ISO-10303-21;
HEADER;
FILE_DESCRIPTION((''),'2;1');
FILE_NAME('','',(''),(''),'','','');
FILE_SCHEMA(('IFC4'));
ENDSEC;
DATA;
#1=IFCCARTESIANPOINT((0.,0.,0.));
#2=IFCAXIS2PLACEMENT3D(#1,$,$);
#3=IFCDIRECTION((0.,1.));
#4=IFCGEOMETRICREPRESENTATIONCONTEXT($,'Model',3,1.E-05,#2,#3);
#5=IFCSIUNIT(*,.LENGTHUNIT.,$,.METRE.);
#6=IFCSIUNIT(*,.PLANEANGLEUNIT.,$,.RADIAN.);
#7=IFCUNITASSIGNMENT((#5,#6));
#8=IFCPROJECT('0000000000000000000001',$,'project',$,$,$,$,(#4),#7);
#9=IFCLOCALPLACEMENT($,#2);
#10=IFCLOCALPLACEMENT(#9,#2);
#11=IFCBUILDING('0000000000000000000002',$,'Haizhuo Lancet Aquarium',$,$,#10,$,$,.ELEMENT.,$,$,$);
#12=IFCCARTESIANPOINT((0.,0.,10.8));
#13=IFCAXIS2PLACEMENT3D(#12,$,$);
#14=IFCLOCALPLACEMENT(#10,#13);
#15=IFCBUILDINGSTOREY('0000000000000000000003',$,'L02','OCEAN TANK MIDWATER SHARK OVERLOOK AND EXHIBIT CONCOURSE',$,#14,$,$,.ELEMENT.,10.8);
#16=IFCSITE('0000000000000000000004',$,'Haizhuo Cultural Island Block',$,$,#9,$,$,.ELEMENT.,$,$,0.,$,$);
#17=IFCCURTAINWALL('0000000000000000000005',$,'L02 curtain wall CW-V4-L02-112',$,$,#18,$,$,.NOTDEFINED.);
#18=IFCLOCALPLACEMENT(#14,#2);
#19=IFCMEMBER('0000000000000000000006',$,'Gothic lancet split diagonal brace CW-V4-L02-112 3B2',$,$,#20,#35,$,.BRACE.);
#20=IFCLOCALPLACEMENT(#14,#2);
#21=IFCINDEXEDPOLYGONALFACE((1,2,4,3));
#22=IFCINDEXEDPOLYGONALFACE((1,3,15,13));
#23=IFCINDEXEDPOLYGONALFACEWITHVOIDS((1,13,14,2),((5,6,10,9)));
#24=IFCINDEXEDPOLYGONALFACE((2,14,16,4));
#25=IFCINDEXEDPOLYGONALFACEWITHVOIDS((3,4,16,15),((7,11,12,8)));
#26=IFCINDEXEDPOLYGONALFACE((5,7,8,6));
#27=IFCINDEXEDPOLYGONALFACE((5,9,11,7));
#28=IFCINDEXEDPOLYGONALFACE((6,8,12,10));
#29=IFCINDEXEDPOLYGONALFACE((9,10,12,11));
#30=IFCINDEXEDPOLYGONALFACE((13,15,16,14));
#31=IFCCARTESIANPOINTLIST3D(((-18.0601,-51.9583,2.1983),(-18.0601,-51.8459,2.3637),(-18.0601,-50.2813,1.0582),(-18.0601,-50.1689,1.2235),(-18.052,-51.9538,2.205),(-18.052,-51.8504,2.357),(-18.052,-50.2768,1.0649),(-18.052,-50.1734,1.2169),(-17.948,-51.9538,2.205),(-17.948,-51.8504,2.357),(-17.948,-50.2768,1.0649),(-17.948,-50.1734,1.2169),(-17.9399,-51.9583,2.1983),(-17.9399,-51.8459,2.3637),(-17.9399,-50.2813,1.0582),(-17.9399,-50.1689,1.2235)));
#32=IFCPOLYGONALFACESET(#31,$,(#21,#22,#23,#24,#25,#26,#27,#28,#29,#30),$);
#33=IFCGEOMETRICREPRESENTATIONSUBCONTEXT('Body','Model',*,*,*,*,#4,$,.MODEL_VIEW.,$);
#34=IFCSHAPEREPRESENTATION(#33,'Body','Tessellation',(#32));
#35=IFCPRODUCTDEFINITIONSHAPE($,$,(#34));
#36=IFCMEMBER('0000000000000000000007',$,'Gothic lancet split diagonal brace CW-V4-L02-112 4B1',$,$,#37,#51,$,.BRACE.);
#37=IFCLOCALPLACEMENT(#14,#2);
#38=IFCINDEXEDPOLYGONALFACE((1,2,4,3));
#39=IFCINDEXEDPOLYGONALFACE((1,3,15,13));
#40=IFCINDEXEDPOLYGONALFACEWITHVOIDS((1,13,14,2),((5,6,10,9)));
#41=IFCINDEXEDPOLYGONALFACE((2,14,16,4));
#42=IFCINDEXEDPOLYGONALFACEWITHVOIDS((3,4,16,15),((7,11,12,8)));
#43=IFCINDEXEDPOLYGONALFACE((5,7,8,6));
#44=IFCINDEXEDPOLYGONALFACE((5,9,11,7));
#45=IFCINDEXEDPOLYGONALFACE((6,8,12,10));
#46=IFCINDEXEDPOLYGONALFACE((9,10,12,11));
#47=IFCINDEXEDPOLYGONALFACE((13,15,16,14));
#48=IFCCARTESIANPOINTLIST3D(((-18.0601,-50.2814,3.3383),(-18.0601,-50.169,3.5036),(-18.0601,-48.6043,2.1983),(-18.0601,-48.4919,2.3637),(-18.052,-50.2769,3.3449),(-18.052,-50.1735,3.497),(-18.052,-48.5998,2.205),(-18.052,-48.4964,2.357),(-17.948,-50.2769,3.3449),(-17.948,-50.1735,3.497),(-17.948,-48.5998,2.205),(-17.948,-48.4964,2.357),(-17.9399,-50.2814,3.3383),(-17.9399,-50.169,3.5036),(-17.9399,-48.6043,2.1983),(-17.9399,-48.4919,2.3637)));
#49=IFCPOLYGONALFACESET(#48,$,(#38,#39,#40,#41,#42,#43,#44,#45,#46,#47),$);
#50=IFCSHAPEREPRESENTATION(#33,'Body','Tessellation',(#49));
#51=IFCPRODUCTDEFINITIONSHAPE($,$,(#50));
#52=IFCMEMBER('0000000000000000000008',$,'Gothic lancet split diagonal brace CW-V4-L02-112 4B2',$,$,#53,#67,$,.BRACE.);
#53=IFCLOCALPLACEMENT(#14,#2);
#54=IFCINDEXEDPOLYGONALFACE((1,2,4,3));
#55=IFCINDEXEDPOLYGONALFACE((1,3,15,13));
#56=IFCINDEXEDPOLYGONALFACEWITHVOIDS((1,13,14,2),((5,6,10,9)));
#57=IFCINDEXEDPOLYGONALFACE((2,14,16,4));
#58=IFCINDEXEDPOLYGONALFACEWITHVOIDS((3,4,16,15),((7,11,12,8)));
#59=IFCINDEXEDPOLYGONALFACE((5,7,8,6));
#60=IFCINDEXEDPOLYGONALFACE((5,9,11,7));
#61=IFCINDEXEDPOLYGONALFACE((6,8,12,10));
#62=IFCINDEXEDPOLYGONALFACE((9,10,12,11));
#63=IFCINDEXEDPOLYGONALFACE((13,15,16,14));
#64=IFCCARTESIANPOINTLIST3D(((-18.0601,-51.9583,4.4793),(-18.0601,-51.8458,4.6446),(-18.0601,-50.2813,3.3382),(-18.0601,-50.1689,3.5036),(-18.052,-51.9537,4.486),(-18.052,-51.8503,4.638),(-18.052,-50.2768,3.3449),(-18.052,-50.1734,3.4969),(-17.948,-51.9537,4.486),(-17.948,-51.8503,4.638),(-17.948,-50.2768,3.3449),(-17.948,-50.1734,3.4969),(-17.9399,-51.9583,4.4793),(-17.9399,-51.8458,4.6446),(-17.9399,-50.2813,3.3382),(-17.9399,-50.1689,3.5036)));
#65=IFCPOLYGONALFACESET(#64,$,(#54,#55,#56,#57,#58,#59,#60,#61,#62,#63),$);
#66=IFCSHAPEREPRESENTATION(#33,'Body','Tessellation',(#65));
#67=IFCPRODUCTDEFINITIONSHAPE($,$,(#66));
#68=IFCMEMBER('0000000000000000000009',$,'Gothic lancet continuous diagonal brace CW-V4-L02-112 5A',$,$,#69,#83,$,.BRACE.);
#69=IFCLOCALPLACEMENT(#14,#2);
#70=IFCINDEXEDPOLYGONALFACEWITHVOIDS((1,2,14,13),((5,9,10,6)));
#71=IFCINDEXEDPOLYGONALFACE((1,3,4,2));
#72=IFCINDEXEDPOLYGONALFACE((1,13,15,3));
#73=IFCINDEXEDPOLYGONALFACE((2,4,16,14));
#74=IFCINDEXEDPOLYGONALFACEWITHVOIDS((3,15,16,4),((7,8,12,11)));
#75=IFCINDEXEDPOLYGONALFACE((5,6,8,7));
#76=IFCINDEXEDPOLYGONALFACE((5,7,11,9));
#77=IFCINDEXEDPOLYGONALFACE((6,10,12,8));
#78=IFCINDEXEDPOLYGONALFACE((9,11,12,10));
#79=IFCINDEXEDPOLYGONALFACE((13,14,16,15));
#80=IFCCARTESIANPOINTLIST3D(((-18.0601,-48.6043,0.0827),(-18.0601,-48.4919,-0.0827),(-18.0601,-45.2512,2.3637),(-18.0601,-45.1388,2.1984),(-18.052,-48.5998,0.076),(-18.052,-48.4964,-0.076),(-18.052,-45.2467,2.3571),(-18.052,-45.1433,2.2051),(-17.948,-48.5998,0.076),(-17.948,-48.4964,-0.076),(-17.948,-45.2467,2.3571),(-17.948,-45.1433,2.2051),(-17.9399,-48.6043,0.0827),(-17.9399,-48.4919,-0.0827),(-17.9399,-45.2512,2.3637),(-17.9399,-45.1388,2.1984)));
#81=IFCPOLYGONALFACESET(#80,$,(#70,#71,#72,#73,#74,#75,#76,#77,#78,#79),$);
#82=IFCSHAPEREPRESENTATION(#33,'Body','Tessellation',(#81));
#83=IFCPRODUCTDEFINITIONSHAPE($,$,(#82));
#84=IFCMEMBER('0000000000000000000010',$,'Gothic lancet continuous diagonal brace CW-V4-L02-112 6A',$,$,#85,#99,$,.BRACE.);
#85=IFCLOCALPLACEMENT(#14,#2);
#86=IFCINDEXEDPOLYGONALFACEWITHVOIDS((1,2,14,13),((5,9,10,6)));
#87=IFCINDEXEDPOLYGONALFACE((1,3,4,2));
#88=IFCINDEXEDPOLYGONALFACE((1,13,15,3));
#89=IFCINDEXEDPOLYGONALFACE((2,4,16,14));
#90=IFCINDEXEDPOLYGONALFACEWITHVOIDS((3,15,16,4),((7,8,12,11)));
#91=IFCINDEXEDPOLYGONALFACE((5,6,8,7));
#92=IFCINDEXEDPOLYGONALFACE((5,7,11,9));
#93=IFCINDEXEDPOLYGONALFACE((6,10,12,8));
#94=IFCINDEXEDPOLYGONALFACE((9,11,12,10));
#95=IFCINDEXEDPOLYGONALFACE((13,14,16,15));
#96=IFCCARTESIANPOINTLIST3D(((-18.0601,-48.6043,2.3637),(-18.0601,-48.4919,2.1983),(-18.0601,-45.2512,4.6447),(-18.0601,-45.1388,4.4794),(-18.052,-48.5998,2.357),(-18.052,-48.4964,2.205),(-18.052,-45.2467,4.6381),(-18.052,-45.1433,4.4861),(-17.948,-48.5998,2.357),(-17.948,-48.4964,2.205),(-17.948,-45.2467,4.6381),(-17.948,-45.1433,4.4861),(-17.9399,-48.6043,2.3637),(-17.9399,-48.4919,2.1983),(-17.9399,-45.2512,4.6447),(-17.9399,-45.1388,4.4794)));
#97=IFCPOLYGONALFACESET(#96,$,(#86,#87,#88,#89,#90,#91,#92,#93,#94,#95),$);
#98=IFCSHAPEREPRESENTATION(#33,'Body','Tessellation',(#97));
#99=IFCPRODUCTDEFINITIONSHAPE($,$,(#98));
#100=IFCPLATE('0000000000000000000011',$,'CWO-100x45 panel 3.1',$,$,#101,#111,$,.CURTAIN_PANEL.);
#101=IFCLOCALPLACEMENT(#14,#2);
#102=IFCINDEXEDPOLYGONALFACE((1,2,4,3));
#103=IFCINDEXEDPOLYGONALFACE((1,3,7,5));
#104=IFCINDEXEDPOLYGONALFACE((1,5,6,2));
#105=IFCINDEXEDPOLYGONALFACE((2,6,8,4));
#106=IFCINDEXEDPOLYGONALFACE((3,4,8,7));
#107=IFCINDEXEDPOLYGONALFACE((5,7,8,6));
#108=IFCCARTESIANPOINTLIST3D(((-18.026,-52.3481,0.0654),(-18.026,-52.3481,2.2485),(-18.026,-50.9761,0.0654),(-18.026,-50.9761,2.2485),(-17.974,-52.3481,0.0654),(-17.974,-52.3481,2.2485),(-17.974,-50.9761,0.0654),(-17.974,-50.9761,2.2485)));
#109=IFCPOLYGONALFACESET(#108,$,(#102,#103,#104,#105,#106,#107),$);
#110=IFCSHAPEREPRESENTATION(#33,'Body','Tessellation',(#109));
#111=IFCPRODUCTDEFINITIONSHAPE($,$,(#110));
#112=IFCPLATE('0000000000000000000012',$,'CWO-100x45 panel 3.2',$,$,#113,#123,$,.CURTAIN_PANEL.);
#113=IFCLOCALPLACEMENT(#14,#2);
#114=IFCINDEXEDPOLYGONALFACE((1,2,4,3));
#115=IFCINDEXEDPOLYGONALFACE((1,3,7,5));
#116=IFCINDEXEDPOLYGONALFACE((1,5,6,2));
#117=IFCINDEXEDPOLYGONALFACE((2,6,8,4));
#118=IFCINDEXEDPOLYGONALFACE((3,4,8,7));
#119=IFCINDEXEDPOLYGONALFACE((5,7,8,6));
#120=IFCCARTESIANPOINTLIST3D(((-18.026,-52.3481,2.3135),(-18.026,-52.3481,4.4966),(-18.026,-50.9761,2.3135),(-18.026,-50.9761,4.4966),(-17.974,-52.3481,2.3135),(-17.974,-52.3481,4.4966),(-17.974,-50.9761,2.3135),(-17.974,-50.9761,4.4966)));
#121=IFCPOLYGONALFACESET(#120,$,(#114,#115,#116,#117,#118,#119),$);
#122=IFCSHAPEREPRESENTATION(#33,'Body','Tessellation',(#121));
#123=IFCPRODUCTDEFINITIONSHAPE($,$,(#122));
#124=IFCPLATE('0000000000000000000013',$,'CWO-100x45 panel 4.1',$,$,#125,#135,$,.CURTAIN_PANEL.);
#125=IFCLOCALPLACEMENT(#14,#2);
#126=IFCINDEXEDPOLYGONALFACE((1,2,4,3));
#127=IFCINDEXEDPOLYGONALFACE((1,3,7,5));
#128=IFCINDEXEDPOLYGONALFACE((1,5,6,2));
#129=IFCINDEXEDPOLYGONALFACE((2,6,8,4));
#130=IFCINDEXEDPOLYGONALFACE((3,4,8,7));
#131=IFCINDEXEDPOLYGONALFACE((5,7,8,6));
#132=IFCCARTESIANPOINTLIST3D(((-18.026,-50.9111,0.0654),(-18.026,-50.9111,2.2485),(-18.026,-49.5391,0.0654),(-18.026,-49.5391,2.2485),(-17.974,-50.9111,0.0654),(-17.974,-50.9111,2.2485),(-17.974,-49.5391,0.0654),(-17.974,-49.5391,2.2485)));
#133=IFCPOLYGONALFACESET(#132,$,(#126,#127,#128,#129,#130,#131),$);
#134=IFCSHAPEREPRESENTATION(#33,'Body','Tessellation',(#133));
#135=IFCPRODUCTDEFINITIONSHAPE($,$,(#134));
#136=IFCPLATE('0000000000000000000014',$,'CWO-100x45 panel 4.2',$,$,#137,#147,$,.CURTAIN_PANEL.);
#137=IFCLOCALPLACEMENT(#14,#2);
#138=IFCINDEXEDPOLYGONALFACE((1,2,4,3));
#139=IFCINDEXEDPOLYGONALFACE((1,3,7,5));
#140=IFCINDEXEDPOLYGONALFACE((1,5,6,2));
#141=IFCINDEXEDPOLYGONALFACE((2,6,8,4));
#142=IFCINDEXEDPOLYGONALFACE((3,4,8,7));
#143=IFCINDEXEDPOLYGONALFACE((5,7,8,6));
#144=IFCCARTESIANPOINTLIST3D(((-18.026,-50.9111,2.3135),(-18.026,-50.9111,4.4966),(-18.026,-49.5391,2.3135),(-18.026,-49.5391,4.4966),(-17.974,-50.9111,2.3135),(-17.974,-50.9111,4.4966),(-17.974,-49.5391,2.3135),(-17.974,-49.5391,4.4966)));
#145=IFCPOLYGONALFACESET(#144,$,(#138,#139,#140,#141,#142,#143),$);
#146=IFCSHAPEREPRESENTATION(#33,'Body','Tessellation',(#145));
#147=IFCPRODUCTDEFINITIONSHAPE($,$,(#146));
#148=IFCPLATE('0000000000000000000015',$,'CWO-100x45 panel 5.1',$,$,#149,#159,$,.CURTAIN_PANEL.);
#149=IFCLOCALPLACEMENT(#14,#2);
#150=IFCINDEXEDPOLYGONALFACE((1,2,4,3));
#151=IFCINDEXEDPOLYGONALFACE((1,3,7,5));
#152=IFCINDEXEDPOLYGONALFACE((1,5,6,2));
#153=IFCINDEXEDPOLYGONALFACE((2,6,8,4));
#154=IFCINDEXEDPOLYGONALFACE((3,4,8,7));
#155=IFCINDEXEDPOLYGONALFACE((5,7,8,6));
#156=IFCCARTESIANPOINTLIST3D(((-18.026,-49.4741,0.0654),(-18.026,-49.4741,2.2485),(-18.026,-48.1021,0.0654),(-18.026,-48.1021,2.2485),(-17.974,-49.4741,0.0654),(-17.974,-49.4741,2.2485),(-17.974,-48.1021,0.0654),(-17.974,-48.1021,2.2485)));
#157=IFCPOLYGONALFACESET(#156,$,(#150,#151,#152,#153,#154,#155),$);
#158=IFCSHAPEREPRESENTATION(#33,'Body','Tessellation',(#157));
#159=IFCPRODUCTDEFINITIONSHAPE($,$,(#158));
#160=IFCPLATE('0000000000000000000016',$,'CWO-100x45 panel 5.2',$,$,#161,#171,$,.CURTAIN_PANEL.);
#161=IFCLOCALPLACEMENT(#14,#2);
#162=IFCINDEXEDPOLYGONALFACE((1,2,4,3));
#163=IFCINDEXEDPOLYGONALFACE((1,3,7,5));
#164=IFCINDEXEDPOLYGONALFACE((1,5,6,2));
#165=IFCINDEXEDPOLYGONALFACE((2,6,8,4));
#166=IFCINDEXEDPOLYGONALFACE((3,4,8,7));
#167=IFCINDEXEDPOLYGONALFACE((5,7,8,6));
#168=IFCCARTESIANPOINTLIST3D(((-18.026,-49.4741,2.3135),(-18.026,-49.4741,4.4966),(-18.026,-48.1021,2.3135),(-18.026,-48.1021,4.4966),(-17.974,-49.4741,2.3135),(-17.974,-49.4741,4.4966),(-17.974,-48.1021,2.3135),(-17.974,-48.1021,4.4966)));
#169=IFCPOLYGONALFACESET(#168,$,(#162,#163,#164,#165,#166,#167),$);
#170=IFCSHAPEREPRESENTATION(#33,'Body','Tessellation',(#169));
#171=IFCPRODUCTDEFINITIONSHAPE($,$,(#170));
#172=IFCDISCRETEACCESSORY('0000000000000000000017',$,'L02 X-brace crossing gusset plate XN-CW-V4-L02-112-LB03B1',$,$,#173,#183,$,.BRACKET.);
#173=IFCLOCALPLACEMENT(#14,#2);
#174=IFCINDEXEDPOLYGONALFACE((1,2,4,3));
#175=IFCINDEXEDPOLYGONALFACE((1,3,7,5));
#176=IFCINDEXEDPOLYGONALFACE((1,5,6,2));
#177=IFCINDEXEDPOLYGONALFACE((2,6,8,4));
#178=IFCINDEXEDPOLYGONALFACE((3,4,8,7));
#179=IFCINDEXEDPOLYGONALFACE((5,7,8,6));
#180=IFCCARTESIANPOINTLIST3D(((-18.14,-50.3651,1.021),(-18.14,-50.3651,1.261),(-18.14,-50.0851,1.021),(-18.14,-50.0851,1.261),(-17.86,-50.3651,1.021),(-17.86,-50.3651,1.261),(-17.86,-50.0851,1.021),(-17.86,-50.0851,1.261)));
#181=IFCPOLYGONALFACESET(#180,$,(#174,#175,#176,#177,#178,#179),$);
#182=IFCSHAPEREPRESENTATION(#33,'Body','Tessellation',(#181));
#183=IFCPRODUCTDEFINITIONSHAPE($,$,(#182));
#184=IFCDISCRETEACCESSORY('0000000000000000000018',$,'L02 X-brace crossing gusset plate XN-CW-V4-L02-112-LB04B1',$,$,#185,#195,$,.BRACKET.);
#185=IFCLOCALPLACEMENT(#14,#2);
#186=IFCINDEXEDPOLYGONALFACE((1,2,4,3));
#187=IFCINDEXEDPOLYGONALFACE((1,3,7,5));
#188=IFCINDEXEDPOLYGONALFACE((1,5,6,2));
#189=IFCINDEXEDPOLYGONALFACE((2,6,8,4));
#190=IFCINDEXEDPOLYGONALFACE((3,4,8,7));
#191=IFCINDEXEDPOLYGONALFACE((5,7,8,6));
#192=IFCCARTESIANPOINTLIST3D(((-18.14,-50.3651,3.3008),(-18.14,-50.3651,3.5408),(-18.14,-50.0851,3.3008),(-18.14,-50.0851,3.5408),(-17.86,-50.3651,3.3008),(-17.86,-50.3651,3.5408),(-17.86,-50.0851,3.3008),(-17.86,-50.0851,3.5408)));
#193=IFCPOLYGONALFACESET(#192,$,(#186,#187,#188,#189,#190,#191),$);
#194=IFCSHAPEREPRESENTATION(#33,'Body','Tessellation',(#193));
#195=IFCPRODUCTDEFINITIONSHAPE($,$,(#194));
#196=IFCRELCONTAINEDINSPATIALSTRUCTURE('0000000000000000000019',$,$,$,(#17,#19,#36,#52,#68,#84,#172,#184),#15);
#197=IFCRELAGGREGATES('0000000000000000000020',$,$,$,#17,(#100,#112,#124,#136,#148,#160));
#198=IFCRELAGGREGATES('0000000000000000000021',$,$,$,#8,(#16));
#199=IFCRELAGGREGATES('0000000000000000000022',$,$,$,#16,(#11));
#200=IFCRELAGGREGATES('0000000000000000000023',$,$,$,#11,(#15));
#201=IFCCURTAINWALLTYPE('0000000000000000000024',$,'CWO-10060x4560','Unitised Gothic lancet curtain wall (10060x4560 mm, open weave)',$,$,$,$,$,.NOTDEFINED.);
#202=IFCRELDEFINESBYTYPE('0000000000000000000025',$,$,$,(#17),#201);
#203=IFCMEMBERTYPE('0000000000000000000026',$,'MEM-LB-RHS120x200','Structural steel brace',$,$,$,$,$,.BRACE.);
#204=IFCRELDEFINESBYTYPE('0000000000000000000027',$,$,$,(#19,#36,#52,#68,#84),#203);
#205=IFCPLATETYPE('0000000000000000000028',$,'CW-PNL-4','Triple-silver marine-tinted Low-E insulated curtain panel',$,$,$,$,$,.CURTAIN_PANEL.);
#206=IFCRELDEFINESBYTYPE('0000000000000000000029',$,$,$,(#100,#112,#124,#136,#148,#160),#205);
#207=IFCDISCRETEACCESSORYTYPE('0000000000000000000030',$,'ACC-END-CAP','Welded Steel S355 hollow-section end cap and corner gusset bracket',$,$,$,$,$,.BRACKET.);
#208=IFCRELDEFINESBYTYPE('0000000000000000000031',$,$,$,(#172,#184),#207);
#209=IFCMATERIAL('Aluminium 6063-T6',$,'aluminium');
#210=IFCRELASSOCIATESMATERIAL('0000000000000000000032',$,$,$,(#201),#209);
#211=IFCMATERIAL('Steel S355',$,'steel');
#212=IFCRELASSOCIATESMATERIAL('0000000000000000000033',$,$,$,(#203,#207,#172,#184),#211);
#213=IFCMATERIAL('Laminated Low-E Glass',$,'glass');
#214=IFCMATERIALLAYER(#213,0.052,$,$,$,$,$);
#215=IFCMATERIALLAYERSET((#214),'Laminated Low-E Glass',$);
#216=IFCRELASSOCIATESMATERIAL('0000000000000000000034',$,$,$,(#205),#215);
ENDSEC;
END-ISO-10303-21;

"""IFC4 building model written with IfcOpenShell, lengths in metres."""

from ifc_helpers import new_model, si_unit, direction, frame, origin, origin_2d, place, context, subcontext, project, spatial, rectangle, hollow_rectangle, extrude, material, layer, layer_set, material_profile, profile_set, type_object, element, aggregate, save


model = new_model("IFC4")

# Units and contexts
model_context = context("Model", 3, precision=1e-05, world=origin(), true_north=direction((0.0, 1.0)))
body_context = subcontext(model_context, "Body", "Model", "MODEL_VIEW")
ifc_project = project(units=[si_unit("LENGTHUNIT", "METRE"), si_unit("PLANEANGLEUNIT", "RADIAN")], contexts=[model_context])

# Site, building, storey
site_placement = place(None, origin())
site = spatial("IfcSite", under=ifc_project, at=site_placement, Name="Haizhuo Cultural Island Block", CompositionType="ELEMENT", RefElevation=0.0)
building_placement = place(site_placement, origin())
building = spatial("IfcBuilding", under=site, at=building_placement, Name="Haizhuo Lancet Aquarium", CompositionType="ELEMENT")
storey_placement = place(building_placement, frame((0.0, 0.0, 10.8)))
storey = spatial("IfcBuildingStorey", under=building, at=storey_placement, Name="L02", Description="OCEAN TANK MIDWATER SHARK OVERLOOK AND EXHIBIT CONCOURSE", CompositionType="ELEMENT", Elevation=10.8)

# Curtain wall
ifc_material_1 = material(Name="Aluminium 6063-T6", Category="aluminium")
curtain_wall_type = type_object("IfcCurtainWallType", Name="CWO-10060x4560", Description="Unitised Gothic lancet curtain wall (10060x4560 mm, open weave)", PredefinedType="NOTDEFINED", material=ifc_material_1)
curtain_wall_placement = place(storey_placement, origin())
curtain_wall = element("IfcCurtainWall", 1, at=curtain_wall_placement, inside=storey, type_object=curtain_wall_type, Name="L02 curtain wall CW-V4-L02-112", PredefinedType="NOTDEFINED")

# Members
ifc_material_2 = material(Name="Steel S355", Category="steel")
ifc_material_profile_1 = material_profile(ifc_material_2, hollow_rectangle(XDim=0.1201, YDim=0.2, WallThickness=0.0081, at=origin_2d()), Name="RHS 120x200x8")
ifc_profile_set_1 = profile_set([ifc_material_profile_1], Name="Steel S355")
member_type_1 = type_object("IfcMemberType", Name="MEM-LB-RHS120x200", Description="Structural steel brace", PredefinedType="BRACE", material=ifc_profile_set_1)
for number, where, z_axis, x_axis, name in (
    (2, (-18.0, -50.2251, 1.1409), (0.0, -0.826978, 0.562234), (1.0, 0.0, 0.0), "Gothic lancet split diagonal brace CW-V4-L02-112 3B2"),
    (3, (-18.0, -48.5481, 2.281), (0.0, -0.827034, 0.562152), (1.0, 0.0, 0.0), "Gothic lancet split diagonal brace CW-V4-L02-112 4B1"),
):
    element("IfcMember", number, at=place(storey_placement, frame(where, z_axis=z_axis, x_axis=x_axis)), inside=storey, type_object=member_type_1, Name=name, PredefinedType="BRACE", context=body_context, shape_type="SweptSolid", body=[
        extrude(hollow_rectangle(XDim=0.1201, YDim=0.2, WallThickness=0.0081, at=origin_2d()), origin(), (0.0, 0.0, 1.0), 2.0278),
    ])
member_1_placement = place(storey_placement, frame((-18.0, -50.2251, 3.4209), z_axis=(0.0, -0.826754, 0.562563), x_axis=(1.0, 0.0, 0.0)))
element("IfcMember", 4, at=member_1_placement, inside=storey, type_object=member_type_1, Name="Gothic lancet split diagonal brace CW-V4-L02-112 4B2", PredefinedType="BRACE", context=body_context, shape_type="SweptSolid", body=[
    extrude(hollow_rectangle(XDim=0.1201, YDim=0.2, WallThickness=0.0081, at=origin_2d()), origin(), (0.0, 0.0, 1.0), 2.0283),
])
for number, where, z_axis, x_axis, name in (
    (5, (-18.0, -48.5481, 0.0), (0.0, 0.826818, 0.56247), (-1.0, 0.0, 0.0), "Gothic lancet continuous diagonal brace CW-V4-L02-112 5A"),
    (6, (-18.0, -48.5481, 2.281), (0.0, 0.826818, 0.56247), (-1.0, 0.0, 0.0), "Gothic lancet continuous diagonal brace CW-V4-L02-112 6A"),
):
    element("IfcMember", number, at=place(storey_placement, frame(where, z_axis=z_axis, x_axis=x_axis)), inside=storey, type_object=member_type_1, Name=name, PredefinedType="BRACE", context=body_context, shape_type="SweptSolid", body=[
        extrude(hollow_rectangle(XDim=0.1201, YDim=0.2, WallThickness=0.0081, at=origin_2d()), origin(), (0.0, 0.0, 1.0), 4.0554),
    ])

# Plates
ifc_material_3 = material(Name="Laminated Low-E Glass", Category="glass")
ifc_layer = layer(ifc_material_3, 0.052)
ifc_layer_set = layer_set([ifc_layer], Name="Laminated Low-E Glass")
plate_type = type_object("IfcPlateType", Name="CW-PNL-4", Description="Triple-silver marine-tinted Low-E insulated curtain panel", PredefinedType="CURTAIN_PANEL", material=ifc_layer_set)
plate_1_placement = place(storey_placement, frame((-18.0, -51.6621, 0.0654), z_axis=(0.0, 0.0, 1.0), x_axis=(0.0, 1.0, 0.0)))
plate_1 = element("IfcPlate", 7, at=plate_1_placement, type_object=plate_type, Name="CWO-100x45 panel 3.1", PredefinedType="CURTAIN_PANEL", context=body_context, shape_type="SweptSolid", body=[
    extrude(rectangle(XDim=1.3721, YDim=0.052, at=origin_2d()), origin(), (0.0, 0.0, 1.0), 2.1831),
])
plate_2_placement = place(storey_placement, frame((-18.0, -51.6621, 2.3135), z_axis=(0.0, 0.0, 1.0), x_axis=(0.0, 1.0, 0.0)))
plate_2 = element("IfcPlate", 8, at=plate_2_placement, type_object=plate_type, Name="CWO-100x45 panel 3.2", PredefinedType="CURTAIN_PANEL", context=body_context, shape_type="SweptSolid", body=[
    extrude(rectangle(XDim=1.3721, YDim=0.052, at=origin_2d()), origin(), (0.0, 0.0, 1.0), 2.1831),
])
plate_3_placement = place(storey_placement, frame((-18.0, -50.2251, 0.0654), z_axis=(0.0, 0.0, 1.0), x_axis=(0.0, 1.0, 0.0)))
plate_3 = element("IfcPlate", 9, at=plate_3_placement, type_object=plate_type, Name="CWO-100x45 panel 4.1", PredefinedType="CURTAIN_PANEL", context=body_context, shape_type="SweptSolid", body=[
    extrude(rectangle(XDim=1.3721, YDim=0.052, at=origin_2d()), origin(), (0.0, 0.0, 1.0), 2.1831),
])
plate_4_placement = place(storey_placement, frame((-18.0, -50.2251, 2.3135), z_axis=(0.0, 0.0, 1.0), x_axis=(0.0, 1.0, 0.0)))
plate_4 = element("IfcPlate", 10, at=plate_4_placement, type_object=plate_type, Name="CWO-100x45 panel 4.2", PredefinedType="CURTAIN_PANEL", context=body_context, shape_type="SweptSolid", body=[
    extrude(rectangle(XDim=1.3721, YDim=0.052, at=origin_2d()), origin(), (0.0, 0.0, 1.0), 2.1831),
])
plate_5_placement = place(storey_placement, frame((-18.0, -48.7881, 0.0654), z_axis=(0.0, 0.0, 1.0), x_axis=(0.0, 1.0, 0.0)))
plate_5 = element("IfcPlate", 11, at=plate_5_placement, type_object=plate_type, Name="CWO-100x45 panel 5.1", PredefinedType="CURTAIN_PANEL", context=body_context, shape_type="SweptSolid", body=[
    extrude(rectangle(XDim=1.3721, YDim=0.052, at=origin_2d()), origin(), (0.0, 0.0, 1.0), 2.1831),
])
plate_6_placement = place(storey_placement, frame((-18.0, -48.7881, 2.3135), z_axis=(0.0, 0.0, 1.0), x_axis=(0.0, 1.0, 0.0)))
plate_6 = element("IfcPlate", 12, at=plate_6_placement, type_object=plate_type, Name="CWO-100x45 panel 5.2", PredefinedType="CURTAIN_PANEL", context=body_context, shape_type="SweptSolid", body=[
    extrude(rectangle(XDim=1.3721, YDim=0.052, at=origin_2d()), origin(), (0.0, 0.0, 1.0), 2.1831),
])
aggregate(curtain_wall, [plate_1, plate_2, plate_3, plate_4, plate_5, plate_6])

# Discrete accessories
discrete_accessory_type = type_object("IfcDiscreteAccessoryType", Name="ACC-END-CAP", Description="Welded Steel S355 hollow-section end cap and corner gusset bracket", PredefinedType="BRACKET", material=ifc_material_2)
for number, where, z_axis, x_axis, name in (
    (13, (-18.0, -50.2251, 1.021), (0.0, 0.0, 1.0), (1.0, 0.0, 0.0), "L02 X-brace crossing gusset plate XN-CW-V4-L02-112-LB03B1"),
    (14, (-18.0, -50.2251, 3.3008), (0.0, 0.0, 1.0), (1.0, 0.0, 0.0), "L02 X-brace crossing gusset plate XN-CW-V4-L02-112-LB04B1"),
):
    element("IfcDiscreteAccessory", number, at=place(storey_placement, frame(where, z_axis=z_axis, x_axis=x_axis)), inside=storey, type_object=discrete_accessory_type, material=ifc_material_2, Name=name, PredefinedType="BRACKET", context=body_context, shape_type="SweptSolid", body=[
        extrude(rectangle(XDim=0.28, YDim=0.28, at=origin_2d()), origin(), (0.0, 0.0, 1.0), 0.24),
    ])

save(model, "model.ifc")
